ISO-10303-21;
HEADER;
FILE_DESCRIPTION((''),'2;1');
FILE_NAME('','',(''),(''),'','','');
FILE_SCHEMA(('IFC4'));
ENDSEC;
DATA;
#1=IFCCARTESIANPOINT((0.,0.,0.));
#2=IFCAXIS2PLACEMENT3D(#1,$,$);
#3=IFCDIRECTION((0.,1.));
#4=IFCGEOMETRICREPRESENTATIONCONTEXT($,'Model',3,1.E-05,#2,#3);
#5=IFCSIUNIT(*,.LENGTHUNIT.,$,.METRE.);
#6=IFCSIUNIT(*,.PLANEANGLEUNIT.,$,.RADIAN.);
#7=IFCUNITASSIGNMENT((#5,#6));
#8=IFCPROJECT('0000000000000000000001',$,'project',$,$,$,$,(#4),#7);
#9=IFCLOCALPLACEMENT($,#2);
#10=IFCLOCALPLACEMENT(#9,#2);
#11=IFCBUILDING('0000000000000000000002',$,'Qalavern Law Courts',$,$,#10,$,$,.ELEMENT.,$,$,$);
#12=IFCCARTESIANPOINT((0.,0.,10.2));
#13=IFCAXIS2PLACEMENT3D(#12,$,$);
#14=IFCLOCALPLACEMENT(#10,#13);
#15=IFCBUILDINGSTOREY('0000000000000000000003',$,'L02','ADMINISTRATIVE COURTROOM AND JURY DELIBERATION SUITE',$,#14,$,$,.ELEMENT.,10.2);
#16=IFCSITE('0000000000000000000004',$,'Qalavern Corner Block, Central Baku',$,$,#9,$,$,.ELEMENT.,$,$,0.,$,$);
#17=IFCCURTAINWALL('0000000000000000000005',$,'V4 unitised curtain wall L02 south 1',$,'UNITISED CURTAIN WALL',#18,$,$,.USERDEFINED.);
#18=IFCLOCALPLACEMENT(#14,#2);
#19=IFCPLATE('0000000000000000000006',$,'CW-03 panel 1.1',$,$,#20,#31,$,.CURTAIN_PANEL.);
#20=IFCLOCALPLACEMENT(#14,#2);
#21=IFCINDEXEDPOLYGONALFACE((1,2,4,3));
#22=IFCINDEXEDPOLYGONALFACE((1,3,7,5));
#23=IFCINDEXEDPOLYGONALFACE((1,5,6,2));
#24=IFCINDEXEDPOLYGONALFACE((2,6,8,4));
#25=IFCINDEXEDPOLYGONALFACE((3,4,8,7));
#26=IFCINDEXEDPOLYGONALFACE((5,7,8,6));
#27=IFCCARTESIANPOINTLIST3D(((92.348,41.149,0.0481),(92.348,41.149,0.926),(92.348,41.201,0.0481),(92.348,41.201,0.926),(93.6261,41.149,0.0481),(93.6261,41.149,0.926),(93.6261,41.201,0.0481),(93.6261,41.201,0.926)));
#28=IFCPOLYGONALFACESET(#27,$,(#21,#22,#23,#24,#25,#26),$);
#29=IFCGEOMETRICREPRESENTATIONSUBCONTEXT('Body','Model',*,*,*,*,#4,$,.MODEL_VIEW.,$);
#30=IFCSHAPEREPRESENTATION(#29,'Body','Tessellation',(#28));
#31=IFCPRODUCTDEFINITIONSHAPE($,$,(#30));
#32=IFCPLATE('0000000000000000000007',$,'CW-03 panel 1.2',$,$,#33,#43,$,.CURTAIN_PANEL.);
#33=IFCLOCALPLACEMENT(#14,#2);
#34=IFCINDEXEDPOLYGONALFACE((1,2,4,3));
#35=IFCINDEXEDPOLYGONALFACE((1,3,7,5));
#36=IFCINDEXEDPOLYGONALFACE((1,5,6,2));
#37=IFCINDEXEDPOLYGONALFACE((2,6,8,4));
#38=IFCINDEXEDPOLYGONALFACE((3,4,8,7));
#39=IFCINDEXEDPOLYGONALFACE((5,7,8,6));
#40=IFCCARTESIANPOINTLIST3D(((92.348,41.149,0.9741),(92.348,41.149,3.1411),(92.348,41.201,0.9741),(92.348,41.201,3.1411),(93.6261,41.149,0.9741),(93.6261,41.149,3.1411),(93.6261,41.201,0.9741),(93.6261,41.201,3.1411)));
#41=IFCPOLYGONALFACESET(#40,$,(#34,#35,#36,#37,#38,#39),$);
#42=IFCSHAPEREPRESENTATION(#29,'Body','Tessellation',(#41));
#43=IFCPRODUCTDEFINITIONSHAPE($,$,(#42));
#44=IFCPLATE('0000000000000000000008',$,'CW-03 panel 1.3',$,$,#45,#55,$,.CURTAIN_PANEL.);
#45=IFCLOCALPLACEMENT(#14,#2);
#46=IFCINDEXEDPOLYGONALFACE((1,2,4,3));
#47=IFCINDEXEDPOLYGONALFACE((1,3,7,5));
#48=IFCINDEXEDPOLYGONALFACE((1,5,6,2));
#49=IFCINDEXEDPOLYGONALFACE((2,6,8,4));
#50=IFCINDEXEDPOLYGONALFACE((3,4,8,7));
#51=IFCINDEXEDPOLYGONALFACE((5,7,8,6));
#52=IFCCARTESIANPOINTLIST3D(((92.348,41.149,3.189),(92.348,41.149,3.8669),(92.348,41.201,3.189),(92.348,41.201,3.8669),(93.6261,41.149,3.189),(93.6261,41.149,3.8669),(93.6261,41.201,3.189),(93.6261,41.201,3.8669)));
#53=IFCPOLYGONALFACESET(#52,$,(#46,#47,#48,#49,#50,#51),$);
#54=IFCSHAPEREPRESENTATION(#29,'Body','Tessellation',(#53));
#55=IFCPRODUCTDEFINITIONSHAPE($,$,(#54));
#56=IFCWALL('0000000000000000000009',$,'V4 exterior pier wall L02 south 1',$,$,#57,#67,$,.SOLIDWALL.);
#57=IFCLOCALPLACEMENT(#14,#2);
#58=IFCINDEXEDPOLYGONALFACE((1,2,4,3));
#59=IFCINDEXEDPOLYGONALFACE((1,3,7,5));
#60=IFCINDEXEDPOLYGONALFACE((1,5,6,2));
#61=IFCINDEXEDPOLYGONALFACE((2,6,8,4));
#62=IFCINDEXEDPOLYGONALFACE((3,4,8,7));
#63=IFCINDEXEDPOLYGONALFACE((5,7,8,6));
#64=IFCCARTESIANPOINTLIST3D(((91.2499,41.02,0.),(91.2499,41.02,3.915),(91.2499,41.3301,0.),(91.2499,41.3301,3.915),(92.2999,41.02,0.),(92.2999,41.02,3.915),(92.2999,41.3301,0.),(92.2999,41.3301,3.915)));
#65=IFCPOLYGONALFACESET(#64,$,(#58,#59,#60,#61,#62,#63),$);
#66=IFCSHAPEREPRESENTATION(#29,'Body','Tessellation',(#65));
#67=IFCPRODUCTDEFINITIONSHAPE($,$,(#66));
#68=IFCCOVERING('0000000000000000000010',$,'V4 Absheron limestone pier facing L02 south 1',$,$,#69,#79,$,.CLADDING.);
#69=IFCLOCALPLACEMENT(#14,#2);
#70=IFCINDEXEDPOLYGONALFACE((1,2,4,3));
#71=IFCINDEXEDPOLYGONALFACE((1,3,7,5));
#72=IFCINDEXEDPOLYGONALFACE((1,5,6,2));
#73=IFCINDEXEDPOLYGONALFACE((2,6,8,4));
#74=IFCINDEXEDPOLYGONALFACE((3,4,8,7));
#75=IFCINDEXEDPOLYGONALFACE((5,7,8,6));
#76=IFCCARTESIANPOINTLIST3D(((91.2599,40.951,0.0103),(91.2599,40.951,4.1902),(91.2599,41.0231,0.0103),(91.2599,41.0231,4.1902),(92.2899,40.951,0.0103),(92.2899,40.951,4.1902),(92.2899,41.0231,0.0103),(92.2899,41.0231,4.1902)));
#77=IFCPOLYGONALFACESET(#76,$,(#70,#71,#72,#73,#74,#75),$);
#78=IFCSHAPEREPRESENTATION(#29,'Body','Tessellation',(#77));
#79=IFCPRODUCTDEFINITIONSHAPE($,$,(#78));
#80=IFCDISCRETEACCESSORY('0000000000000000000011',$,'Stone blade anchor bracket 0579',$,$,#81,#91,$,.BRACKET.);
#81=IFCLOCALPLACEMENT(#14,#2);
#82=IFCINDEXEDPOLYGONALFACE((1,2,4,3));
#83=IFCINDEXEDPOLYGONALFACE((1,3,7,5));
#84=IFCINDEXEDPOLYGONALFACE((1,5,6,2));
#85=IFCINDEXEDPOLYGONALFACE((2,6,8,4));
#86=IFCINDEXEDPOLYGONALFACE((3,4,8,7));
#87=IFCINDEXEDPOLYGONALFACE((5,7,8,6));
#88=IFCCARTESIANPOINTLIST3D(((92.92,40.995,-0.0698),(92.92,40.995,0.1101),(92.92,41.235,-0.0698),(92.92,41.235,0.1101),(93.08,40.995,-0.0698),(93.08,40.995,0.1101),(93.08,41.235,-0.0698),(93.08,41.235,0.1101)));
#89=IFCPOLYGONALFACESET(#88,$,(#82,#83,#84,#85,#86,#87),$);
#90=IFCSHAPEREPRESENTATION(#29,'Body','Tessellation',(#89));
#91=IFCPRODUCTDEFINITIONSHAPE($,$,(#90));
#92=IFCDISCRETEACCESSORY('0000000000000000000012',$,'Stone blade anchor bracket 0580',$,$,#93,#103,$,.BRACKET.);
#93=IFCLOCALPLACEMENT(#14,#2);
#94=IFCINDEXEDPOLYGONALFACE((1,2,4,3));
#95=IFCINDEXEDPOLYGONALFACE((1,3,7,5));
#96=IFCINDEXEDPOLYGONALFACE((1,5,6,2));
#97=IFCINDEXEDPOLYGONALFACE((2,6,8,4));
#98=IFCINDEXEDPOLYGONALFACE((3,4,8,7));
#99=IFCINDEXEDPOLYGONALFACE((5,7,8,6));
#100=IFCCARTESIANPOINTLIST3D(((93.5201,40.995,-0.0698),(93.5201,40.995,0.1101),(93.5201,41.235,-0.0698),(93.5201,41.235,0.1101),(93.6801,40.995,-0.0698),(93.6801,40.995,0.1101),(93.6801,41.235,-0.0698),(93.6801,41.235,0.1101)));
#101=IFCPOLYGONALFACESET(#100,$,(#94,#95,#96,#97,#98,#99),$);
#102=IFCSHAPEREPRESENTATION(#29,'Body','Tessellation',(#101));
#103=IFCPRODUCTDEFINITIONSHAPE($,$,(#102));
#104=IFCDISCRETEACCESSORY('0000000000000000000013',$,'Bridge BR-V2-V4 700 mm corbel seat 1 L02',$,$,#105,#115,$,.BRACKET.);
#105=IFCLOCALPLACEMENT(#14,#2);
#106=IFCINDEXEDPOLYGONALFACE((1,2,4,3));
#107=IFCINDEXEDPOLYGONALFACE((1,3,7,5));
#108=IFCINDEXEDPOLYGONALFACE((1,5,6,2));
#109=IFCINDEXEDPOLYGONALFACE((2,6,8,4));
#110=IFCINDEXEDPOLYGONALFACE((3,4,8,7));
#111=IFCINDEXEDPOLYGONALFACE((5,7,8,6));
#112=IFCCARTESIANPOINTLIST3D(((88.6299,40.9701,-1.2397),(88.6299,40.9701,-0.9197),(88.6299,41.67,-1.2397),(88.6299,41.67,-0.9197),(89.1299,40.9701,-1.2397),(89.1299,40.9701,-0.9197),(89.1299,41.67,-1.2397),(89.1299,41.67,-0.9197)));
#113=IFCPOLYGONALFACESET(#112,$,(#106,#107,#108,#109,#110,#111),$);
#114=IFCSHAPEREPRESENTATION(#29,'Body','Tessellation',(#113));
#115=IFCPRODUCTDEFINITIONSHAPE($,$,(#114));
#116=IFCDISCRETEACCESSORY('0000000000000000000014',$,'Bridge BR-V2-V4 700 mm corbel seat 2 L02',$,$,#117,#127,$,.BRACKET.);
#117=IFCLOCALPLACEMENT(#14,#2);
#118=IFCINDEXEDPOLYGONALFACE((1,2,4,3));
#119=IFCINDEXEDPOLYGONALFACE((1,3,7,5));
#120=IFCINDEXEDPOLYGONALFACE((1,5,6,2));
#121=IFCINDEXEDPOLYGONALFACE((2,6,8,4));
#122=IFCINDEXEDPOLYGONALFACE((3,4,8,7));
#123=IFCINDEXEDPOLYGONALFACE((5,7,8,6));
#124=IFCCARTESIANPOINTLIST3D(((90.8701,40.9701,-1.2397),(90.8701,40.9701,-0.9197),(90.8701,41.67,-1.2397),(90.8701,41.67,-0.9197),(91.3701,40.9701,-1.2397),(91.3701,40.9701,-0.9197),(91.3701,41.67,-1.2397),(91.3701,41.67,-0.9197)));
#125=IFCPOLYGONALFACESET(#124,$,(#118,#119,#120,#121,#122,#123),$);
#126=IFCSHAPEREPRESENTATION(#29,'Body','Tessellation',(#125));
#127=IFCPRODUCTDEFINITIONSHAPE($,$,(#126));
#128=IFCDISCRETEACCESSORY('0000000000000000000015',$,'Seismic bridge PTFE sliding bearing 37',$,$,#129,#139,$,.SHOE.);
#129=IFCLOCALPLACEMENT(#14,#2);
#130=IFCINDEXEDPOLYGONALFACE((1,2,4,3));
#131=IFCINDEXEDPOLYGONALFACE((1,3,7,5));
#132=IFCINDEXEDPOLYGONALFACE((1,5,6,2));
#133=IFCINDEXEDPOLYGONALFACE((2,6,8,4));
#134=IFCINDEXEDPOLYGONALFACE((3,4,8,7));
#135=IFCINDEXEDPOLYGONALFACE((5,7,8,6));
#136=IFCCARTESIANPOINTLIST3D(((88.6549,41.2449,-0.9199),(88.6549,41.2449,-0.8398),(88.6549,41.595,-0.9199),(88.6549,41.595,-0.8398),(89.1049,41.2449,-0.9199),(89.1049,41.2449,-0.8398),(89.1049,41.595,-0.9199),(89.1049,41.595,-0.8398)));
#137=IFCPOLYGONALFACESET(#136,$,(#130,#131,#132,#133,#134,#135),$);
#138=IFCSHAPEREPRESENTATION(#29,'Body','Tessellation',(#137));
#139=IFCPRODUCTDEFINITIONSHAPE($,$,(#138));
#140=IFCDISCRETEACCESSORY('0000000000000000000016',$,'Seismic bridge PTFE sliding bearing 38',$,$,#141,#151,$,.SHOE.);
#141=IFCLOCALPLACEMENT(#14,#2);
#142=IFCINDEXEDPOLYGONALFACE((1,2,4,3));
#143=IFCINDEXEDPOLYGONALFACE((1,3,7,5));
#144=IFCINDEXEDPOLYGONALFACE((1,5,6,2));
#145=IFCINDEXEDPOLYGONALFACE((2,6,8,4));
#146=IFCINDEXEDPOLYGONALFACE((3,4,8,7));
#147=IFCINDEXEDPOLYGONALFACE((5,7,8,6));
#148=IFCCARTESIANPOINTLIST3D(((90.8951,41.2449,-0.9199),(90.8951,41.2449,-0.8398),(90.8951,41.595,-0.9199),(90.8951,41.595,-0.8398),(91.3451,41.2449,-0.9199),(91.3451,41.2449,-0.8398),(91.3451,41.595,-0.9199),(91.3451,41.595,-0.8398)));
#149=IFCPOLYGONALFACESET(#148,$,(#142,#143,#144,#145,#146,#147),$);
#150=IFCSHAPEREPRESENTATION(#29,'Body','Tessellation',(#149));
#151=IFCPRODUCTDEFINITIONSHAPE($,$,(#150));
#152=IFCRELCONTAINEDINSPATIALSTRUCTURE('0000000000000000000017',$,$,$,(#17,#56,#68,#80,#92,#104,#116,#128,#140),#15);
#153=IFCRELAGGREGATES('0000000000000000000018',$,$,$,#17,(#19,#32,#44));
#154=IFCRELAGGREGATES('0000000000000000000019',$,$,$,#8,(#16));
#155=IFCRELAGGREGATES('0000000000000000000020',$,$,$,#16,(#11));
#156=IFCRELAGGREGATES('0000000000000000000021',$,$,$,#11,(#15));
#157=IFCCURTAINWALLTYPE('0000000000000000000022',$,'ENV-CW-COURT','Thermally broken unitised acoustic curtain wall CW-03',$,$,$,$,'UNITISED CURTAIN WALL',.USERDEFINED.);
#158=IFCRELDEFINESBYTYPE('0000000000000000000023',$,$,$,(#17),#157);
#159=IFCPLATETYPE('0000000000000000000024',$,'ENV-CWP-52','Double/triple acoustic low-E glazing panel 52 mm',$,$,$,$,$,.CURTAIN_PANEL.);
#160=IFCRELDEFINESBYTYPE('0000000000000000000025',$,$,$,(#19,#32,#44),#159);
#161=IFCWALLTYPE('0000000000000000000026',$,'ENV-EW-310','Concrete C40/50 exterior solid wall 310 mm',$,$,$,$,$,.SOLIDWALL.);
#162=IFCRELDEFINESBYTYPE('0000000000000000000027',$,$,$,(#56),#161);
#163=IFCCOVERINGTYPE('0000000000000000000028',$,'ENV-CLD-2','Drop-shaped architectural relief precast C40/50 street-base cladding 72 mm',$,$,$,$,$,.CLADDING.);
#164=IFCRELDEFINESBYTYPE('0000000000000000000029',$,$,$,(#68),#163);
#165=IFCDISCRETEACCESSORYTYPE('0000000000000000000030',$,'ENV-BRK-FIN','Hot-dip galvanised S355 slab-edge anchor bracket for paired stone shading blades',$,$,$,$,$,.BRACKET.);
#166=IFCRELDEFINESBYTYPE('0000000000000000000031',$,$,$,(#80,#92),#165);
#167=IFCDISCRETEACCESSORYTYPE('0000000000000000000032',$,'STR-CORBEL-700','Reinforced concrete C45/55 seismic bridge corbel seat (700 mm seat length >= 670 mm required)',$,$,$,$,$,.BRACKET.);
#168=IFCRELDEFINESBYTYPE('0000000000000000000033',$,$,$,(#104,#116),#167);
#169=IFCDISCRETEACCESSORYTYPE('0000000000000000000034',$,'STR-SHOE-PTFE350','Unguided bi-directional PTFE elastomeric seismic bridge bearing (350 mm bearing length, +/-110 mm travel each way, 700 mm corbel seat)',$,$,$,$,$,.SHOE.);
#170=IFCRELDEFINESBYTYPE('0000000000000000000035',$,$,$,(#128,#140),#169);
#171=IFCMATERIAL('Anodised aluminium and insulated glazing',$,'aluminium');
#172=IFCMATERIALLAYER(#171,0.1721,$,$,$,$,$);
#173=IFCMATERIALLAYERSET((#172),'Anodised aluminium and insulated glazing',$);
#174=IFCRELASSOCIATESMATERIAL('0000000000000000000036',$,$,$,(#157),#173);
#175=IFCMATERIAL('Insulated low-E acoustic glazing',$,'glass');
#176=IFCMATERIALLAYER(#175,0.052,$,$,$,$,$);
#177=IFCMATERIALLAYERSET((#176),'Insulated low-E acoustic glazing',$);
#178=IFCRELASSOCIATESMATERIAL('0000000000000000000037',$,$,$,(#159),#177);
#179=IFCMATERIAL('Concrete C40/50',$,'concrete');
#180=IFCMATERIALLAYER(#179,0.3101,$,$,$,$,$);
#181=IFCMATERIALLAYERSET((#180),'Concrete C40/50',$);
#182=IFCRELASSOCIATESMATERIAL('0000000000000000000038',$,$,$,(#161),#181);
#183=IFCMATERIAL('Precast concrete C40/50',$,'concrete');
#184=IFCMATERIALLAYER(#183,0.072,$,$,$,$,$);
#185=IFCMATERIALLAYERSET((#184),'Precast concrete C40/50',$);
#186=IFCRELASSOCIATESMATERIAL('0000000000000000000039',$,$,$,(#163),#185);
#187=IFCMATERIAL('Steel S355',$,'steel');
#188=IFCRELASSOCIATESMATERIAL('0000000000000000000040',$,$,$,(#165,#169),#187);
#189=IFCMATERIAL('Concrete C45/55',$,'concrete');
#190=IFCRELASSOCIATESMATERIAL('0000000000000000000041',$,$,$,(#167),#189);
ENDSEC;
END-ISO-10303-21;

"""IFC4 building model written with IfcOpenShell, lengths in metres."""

from ifc_helpers import new_model, si_unit, direction, frame, frame_2d, origin, origin_2d, place, context, subcontext, project, spatial, rectangle, extrude, material, layer, layer_set, type_object, element, aggregate, save


model = new_model("IFC4")

# Units and contexts
model_context = context("Model", 3, precision=1e-05, world=origin(), true_north=direction((0.0, 1.0)))
body_context = subcontext(model_context, "Body", "Model", "MODEL_VIEW")
ifc_project = project(units=[si_unit("LENGTHUNIT", "METRE"), si_unit("PLANEANGLEUNIT", "RADIAN")], contexts=[model_context])

# Site, building, storey
site_placement = place(None, origin())
site = spatial("IfcSite", under=ifc_project, at=site_placement, Name="Qalavern Corner Block, Central Baku", CompositionType="ELEMENT", RefElevation=0.0)
building_placement = place(site_placement, origin())
building = spatial("IfcBuilding", under=site, at=building_placement, Name="Qalavern Law Courts", CompositionType="ELEMENT")
storey_placement = place(building_placement, frame((0.0, 0.0, 10.2)))
storey = spatial("IfcBuildingStorey", under=building, at=storey_placement, Name="L02", Description="ADMINISTRATIVE COURTROOM AND JURY DELIBERATION SUITE", CompositionType="ELEMENT", Elevation=10.2)

# Shared definitions
ifc_material_1 = material(Name="Concrete C45/55", Category="concrete")

# Curtain wall
ifc_material_2 = material(Name="Anodised aluminium and insulated glazing", Category="aluminium")
ifc_layer_1 = layer(ifc_material_2, 0.1721)
ifc_layer_set_1 = layer_set([ifc_layer_1], Name="Anodised aluminium and insulated glazing")
curtain_wall_type_1 = type_object("IfcCurtainWallType", Name="ENV-CW-COURT", Description="Thermally broken unitised acoustic curtain wall CW-03", ElementType="UNITISED CURTAIN WALL", PredefinedType="USERDEFINED", material=ifc_layer_set_1)
curtain_wall_1_placement = place(storey_placement, origin())
curtain_wall_1 = element("IfcCurtainWall", 1, at=curtain_wall_1_placement, inside=storey, type_object=curtain_wall_type_1, Name="V4 unitised curtain wall L02 south 1", ObjectType="UNITISED CURTAIN WALL", PredefinedType="USERDEFINED")

# Plates
ifc_material_3 = material(Name="Insulated low-E acoustic glazing", Category="glass")
ifc_layer_2 = layer(ifc_material_3, 0.052)
ifc_layer_set_2 = layer_set([ifc_layer_2], Name="Insulated low-E acoustic glazing")
plate_type = type_object("IfcPlateType", Name="ENV-CWP-52", Description="Double/triple acoustic low-E glazing panel 52 mm", PredefinedType="CURTAIN_PANEL", material=ifc_layer_set_2)
plate_1_placement = place(storey_placement, frame((92.9871, 41.175, 0.0481), z_axis=(0.0, 0.0, 1.0), x_axis=(1.0, 0.0, 0.0)))
plate_1 = element("IfcPlate", 2, at=plate_1_placement, type_object=plate_type, Name="CW-03 panel 1.1", PredefinedType="CURTAIN_PANEL", context=body_context, shape_type="SweptSolid", body=[
    extrude(rectangle(XDim=1.2781, YDim=0.052, at=origin_2d()), origin(), (0.0, 0.0, 1.0), 0.8779),
])
plate_2_placement = place(storey_placement, frame((92.9871, 41.175, 0.9741), z_axis=(0.0, 0.0, 1.0), x_axis=(1.0, 0.0, 0.0)))
plate_2 = element("IfcPlate", 3, at=plate_2_placement, type_object=plate_type, Name="CW-03 panel 1.2", PredefinedType="CURTAIN_PANEL", context=body_context, shape_type="SweptSolid", body=[
    extrude(rectangle(XDim=1.2781, YDim=0.052, at=origin_2d()), origin(), (0.0, 0.0, 1.0), 2.167),
])
plate_3_placement = place(storey_placement, frame((92.9871, 41.175, 3.189), z_axis=(0.0, 0.0, 1.0), x_axis=(1.0, 0.0, 0.0)))
plate_3 = element("IfcPlate", 4, at=plate_3_placement, type_object=plate_type, Name="CW-03 panel 1.3", PredefinedType="CURTAIN_PANEL", context=body_context, shape_type="SweptSolid", body=[
    extrude(rectangle(XDim=1.2781, YDim=0.052, at=origin_2d()), origin(), (0.0, 0.0, 1.0), 0.678),
])
aggregate(curtain_wall_1, [plate_1, plate_2, plate_3])

# Wall
ifc_material_4 = material(Name="Concrete C40/50", Category="concrete")
ifc_layer_3 = layer(ifc_material_4, 0.3101)
ifc_layer_set_3 = layer_set([ifc_layer_3], Name="Concrete C40/50")
wall_type = type_object("IfcWallType", Name="ENV-EW-310", Description="Concrete C40/50 exterior solid wall 310 mm", PredefinedType="SOLIDWALL", material=ifc_layer_set_3)
wall_placement = place(storey_placement, frame((91.25, 41.175, 0.0), z_axis=(0.0, 0.0, 1.0), x_axis=(1.0, 0.0, 0.0)))
element("IfcWall", 5, at=wall_placement, inside=storey, type_object=wall_type, Name="V4 exterior pier wall L02 south 1", PredefinedType="SOLIDWALL", context=body_context, shape_type="SweptSolid", body=[
    extrude(rectangle(XDim=1.05, YDim=0.3101, at=frame_2d((0.5249, 0.0))), origin(), (0.0, 0.0, 1.0), 3.915),
])

# Covering
ifc_material_5 = material(Name="Precast concrete C40/50", Category="concrete")
ifc_layer_4 = layer(ifc_material_5, 0.072)
ifc_layer_set_4 = layer_set([ifc_layer_4], Name="Precast concrete C40/50")
covering_type = type_object("IfcCoveringType", Name="ENV-CLD-2", Description="Drop-shaped architectural relief precast C40/50 street-base cladding 72 mm", PredefinedType="CLADDING", material=ifc_layer_set_4)
covering_placement = place(storey_placement, frame((91.7749, 40.9871, 0.0103), z_axis=(0.0, 0.0, 1.0), x_axis=(1.0, 0.0, 0.0)))
element("IfcCovering", 6, at=covering_placement, inside=storey, type_object=covering_type, Name="V4 Absheron limestone pier facing L02 south 1", PredefinedType="CLADDING", context=body_context, shape_type="SweptSolid", body=[
    extrude(rectangle(XDim=1.03, YDim=0.072, at=origin_2d()), origin(), (0.0, 0.0, 1.0), 4.1799),
])

# Discrete accessories
ifc_material_6 = material(Name="Steel S355", Category="steel")
discrete_accessory_type_1 = type_object("IfcDiscreteAccessoryType", Name="ENV-BRK-FIN", Description="Hot-dip galvanised S355 slab-edge anchor bracket for paired stone shading blades", PredefinedType="BRACKET", material=ifc_material_6)
for number, where, z_axis, x_axis, name in (
    (7, (93.0, 41.115, -0.0698), (0.0, 0.0, 1.0), (0.0, -1.0, 0.0), "Stone blade anchor bracket 0579"),
    (8, (93.6001, 41.115, -0.0698), (0.0, 0.0, 1.0), (0.0, -1.0, 0.0), "Stone blade anchor bracket 0580"),
):
    element("IfcDiscreteAccessory", number, at=place(storey_placement, frame(where, z_axis=z_axis, x_axis=x_axis)), inside=storey, type_object=discrete_accessory_type_1, Name=name, PredefinedType="BRACKET", context=body_context, shape_type="SweptSolid", body=[
        extrude(rectangle(XDim=0.24, YDim=0.1599, at=origin_2d()), origin(), (0.0, 0.0, 1.0), 0.1799),
    ])
discrete_accessory_type_2 = type_object("IfcDiscreteAccessoryType", Name="STR-CORBEL-700", Description="Reinforced concrete C45/55 seismic bridge corbel seat (700 mm seat length >= 670 mm required)", PredefinedType="BRACKET", material=ifc_material_1)
for number, where, z_axis, x_axis, name in (
    (9, (88.8799, 41.3201, -1.2397), (0.0, 0.0, 1.0), (1.0, 0.0, 0.0), "Bridge BR-V2-V4 700 mm corbel seat 1 L02"),
    (10, (91.1201, 41.3201, -1.2397), (0.0, 0.0, 1.0), (1.0, 0.0, 0.0), "Bridge BR-V2-V4 700 mm corbel seat 2 L02"),
):
    element("IfcDiscreteAccessory", number, at=place(storey_placement, frame(where, z_axis=z_axis, x_axis=x_axis)), inside=storey, type_object=discrete_accessory_type_2, Name=name, PredefinedType="BRACKET", context=body_context, shape_type="SweptSolid", body=[
        extrude(rectangle(XDim=0.5, YDim=0.7, at=origin_2d()), origin(), (0.0, 0.0, 1.0), 0.3201),
    ])
discrete_accessory_type_3 = type_object("IfcDiscreteAccessoryType", Name="STR-SHOE-PTFE350", Description="Unguided bi-directional PTFE elastomeric seismic bridge bearing (350 mm bearing length, +/-110 mm travel each way, 700 mm corbel seat)", PredefinedType="SHOE", material=ifc_material_6)
for number, where, z_axis, x_axis, name in (
    (11, (88.8799, 41.4199, -0.9199), (0.0, 0.0, 1.0), (1.0, 0.0, 0.0), "Seismic bridge PTFE sliding bearing 37"),
    (12, (91.1201, 41.4199, -0.9199), (0.0, 0.0, 1.0), (1.0, 0.0, 0.0), "Seismic bridge PTFE sliding bearing 38"),
):
    element("IfcDiscreteAccessory", number, at=place(storey_placement, frame(where, z_axis=z_axis, x_axis=x_axis)), inside=storey, type_object=discrete_accessory_type_3, Name=name, PredefinedType="SHOE", context=body_context, shape_type="SweptSolid", body=[
        extrude(rectangle(XDim=0.45, YDim=0.3501, at=origin_2d()), origin(), (0.0, 0.0, 1.0), 0.0801),
    ])

save(model, "model.ifc")
